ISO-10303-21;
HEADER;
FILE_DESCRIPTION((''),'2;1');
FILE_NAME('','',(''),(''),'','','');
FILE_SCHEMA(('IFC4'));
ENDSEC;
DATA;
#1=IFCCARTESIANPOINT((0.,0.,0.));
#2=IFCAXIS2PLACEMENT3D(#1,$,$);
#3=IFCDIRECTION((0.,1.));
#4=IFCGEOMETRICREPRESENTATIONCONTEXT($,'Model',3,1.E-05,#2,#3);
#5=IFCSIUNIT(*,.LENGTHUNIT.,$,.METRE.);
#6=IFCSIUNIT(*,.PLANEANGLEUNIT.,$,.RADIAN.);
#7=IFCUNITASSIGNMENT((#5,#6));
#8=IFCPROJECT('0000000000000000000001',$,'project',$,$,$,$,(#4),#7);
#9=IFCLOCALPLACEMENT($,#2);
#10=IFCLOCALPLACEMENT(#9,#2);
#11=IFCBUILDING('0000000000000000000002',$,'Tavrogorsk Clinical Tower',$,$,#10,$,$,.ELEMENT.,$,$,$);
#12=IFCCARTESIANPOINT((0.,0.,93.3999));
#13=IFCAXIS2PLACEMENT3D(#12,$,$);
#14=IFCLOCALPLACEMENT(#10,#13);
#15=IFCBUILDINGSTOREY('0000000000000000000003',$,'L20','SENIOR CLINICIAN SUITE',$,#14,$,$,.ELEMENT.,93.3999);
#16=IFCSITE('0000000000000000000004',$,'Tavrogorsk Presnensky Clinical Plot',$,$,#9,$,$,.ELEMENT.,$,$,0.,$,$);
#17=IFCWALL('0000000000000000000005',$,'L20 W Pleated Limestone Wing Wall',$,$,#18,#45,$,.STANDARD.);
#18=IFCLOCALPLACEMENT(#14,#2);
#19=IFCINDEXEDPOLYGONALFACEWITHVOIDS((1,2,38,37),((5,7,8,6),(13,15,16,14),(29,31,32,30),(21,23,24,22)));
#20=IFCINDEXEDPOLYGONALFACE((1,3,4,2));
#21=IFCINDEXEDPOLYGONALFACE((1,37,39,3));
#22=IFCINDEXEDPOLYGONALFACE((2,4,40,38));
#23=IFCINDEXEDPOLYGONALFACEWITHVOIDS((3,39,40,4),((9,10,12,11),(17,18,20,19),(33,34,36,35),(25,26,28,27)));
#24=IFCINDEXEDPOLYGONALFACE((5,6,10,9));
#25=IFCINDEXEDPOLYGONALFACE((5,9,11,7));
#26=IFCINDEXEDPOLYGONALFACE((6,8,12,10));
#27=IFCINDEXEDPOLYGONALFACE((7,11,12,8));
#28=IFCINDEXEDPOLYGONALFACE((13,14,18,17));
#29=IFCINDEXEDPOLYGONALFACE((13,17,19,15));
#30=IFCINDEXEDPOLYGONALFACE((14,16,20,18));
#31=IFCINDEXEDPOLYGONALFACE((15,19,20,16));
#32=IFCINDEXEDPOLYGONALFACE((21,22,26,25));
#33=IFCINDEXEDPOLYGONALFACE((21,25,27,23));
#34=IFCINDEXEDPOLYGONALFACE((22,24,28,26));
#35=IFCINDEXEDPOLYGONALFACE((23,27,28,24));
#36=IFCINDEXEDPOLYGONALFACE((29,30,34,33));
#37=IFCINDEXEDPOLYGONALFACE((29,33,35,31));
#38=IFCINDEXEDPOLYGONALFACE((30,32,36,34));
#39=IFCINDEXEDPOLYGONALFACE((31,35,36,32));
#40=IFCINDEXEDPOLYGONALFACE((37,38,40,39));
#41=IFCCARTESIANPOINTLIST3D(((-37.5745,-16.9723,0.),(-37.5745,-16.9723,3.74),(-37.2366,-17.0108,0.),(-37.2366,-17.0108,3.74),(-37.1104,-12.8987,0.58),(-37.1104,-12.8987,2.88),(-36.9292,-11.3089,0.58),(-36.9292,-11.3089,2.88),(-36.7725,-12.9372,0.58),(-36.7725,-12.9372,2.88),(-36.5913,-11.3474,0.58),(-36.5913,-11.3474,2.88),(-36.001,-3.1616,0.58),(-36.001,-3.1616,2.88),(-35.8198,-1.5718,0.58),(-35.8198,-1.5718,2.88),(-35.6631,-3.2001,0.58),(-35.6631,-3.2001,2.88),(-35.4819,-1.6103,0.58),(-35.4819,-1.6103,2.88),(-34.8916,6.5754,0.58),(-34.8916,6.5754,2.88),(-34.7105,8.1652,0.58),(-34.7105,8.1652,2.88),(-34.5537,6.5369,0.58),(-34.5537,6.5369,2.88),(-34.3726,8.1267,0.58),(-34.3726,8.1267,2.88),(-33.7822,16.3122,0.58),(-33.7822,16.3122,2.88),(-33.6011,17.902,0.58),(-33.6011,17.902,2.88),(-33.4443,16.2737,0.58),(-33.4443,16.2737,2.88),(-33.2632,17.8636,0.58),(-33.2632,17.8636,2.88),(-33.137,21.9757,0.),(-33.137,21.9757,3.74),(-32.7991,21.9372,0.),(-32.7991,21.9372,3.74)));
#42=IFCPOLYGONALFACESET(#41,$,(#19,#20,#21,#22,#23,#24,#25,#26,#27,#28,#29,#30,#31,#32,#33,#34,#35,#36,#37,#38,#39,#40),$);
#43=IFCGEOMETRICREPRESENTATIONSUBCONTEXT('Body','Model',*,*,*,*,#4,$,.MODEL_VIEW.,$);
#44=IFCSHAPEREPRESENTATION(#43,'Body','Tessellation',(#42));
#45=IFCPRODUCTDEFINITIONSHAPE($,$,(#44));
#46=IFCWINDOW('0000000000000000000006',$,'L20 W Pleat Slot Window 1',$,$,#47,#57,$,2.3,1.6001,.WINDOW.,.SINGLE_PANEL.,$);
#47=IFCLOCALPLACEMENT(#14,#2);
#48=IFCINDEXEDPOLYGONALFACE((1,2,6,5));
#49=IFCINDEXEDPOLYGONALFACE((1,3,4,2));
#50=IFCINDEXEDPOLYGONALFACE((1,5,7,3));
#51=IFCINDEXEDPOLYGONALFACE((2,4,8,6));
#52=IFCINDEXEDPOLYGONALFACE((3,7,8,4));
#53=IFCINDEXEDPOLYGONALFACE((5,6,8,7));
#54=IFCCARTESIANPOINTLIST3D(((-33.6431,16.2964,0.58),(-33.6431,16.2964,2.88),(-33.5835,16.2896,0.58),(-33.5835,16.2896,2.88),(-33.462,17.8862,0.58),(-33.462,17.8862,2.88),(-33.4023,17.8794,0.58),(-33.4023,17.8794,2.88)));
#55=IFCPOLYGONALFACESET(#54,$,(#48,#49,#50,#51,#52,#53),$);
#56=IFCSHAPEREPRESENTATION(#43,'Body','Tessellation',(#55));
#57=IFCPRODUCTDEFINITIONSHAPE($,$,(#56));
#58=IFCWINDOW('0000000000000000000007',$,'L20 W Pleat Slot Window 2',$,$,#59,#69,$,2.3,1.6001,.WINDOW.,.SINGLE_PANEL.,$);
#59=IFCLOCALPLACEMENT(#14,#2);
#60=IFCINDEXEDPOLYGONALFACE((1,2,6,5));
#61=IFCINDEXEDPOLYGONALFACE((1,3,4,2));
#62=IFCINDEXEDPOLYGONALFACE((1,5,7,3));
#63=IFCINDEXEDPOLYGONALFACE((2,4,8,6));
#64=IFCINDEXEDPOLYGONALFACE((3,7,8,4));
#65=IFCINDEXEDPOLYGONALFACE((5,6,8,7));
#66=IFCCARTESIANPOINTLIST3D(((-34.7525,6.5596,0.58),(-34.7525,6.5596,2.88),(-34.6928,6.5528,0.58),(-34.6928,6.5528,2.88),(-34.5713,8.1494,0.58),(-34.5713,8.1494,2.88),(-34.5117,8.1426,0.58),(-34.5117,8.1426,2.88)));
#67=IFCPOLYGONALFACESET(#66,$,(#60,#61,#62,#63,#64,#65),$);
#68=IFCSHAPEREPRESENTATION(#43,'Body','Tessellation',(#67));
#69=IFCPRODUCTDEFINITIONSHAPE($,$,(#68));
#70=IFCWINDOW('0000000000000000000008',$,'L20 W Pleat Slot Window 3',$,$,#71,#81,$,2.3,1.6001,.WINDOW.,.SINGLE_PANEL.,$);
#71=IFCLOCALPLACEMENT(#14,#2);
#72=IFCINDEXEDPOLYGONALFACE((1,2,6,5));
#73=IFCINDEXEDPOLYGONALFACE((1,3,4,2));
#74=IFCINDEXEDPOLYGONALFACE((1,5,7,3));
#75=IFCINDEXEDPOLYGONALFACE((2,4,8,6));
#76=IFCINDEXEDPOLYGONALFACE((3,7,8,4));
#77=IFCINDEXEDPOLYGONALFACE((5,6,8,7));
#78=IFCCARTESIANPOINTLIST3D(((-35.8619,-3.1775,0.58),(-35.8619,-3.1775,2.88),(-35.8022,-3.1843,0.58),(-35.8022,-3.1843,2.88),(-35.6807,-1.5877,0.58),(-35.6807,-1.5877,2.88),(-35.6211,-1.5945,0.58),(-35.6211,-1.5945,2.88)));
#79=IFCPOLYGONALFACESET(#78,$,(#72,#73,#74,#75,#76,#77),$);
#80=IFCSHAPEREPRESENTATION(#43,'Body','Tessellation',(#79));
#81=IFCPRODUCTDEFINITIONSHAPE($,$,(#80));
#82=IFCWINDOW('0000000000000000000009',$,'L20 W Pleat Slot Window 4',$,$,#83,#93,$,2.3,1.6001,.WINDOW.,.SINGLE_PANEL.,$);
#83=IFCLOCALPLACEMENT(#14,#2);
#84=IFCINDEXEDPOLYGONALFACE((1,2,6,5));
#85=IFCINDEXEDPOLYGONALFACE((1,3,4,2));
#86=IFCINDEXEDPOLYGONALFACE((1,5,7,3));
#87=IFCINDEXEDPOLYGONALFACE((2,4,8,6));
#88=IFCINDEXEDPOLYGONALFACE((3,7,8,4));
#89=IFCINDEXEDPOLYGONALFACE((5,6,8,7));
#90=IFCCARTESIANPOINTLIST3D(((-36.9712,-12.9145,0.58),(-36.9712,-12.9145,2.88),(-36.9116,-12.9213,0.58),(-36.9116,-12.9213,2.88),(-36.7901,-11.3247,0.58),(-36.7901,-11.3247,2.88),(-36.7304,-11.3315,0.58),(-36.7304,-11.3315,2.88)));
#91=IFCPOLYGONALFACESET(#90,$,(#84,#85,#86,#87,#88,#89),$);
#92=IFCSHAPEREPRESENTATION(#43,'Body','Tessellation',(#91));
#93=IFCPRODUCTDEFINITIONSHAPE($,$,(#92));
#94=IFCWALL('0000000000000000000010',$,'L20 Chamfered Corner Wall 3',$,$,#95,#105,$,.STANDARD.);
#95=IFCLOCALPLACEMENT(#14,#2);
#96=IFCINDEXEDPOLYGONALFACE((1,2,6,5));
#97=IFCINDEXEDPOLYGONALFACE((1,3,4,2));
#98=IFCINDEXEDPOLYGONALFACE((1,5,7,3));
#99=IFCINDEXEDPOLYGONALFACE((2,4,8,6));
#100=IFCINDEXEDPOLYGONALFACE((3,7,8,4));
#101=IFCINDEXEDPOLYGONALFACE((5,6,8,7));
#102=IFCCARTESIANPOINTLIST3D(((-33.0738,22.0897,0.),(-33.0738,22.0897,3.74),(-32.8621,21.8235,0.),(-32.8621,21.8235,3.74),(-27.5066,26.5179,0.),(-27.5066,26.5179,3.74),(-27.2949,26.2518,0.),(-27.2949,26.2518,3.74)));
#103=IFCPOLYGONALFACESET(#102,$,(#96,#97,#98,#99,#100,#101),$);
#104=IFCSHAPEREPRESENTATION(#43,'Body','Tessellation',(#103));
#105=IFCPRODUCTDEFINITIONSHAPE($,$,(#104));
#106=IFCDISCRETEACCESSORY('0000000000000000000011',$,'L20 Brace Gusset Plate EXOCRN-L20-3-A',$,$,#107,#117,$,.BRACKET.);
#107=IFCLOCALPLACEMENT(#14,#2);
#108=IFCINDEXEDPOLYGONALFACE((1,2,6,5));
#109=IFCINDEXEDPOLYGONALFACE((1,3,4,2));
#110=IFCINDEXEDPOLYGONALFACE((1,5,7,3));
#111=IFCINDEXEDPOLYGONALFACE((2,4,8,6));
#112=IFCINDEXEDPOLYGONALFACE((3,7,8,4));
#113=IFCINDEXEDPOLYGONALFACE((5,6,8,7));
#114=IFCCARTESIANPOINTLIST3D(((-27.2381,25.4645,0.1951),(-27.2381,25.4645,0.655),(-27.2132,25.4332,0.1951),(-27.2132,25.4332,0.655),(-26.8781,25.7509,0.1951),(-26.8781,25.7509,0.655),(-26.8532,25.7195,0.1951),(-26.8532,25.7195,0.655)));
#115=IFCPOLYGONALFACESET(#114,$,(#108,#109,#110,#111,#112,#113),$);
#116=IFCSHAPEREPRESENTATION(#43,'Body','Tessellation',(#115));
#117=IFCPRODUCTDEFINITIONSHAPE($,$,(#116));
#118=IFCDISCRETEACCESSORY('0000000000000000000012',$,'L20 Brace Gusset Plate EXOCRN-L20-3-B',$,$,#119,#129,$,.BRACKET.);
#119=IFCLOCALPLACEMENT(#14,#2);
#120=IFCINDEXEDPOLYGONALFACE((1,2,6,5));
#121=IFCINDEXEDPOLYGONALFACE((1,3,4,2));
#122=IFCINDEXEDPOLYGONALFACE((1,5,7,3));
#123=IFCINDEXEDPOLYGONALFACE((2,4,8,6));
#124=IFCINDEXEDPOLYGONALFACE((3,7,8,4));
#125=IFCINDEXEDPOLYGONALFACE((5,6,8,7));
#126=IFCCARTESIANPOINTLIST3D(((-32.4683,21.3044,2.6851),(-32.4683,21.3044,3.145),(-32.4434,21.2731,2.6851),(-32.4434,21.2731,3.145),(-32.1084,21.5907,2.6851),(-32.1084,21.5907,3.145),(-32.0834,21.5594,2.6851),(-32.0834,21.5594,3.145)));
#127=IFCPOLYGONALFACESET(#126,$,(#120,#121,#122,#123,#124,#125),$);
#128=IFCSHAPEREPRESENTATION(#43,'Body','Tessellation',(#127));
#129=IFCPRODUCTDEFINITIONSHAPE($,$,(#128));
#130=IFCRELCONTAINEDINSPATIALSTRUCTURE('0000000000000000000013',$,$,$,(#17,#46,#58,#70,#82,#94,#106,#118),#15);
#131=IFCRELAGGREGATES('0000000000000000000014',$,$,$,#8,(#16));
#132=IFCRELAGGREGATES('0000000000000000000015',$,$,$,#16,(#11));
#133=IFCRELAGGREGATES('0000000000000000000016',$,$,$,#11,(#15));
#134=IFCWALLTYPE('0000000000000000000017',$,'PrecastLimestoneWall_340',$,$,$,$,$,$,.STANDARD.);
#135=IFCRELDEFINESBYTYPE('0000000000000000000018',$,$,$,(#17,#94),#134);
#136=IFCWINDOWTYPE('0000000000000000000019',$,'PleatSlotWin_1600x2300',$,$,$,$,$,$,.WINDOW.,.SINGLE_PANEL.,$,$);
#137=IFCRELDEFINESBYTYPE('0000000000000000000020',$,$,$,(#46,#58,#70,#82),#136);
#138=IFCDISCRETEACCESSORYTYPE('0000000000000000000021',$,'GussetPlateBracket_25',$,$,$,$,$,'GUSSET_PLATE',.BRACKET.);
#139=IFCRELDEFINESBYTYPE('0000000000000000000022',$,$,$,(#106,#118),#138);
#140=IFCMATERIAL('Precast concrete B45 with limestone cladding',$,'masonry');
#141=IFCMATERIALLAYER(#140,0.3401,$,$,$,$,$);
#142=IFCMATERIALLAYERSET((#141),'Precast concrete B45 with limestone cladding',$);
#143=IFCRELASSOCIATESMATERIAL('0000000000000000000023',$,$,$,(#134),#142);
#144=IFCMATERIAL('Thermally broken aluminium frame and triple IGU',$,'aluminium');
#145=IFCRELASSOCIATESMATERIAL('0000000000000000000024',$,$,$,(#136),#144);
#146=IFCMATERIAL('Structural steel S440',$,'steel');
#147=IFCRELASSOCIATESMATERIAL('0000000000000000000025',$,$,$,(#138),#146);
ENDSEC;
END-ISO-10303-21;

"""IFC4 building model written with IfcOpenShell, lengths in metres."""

from ifc_helpers import new_model, si_unit, direction, frame, frame_2d, origin, origin_2d, place, context, subcontext, project, spatial, rectangle, extrude, material, layer, layer_set, type_object, element, fill, save


model = new_model("IFC4")

# Units and contexts
model_context = context("Model", 3, precision=1e-05, world=origin(), true_north=direction((0.0, 1.0)))
body_context = subcontext(model_context, "Body", "Model", "MODEL_VIEW")
ifc_project = project(units=[si_unit("LENGTHUNIT", "METRE"), si_unit("PLANEANGLEUNIT", "RADIAN")], contexts=[model_context])

# Site, building, storey
site_placement = place(None, origin())
site = spatial("IfcSite", under=ifc_project, at=site_placement, Name="Tavrogorsk Presnensky Clinical Plot", CompositionType="ELEMENT", RefElevation=0.0)
building_placement = place(site_placement, origin())
building = spatial("IfcBuilding", under=site, at=building_placement, Name="Tavrogorsk Clinical Tower", CompositionType="ELEMENT")
storey_placement = place(building_placement, frame((0.0, 0.0, 93.3999)))
storey = spatial("IfcBuildingStorey", under=building, at=storey_placement, Name="L20", Description="SENIOR CLINICIAN SUITE", CompositionType="ELEMENT", Elevation=93.3999)

# Wall, openings, windows
ifc_material_1 = material(Name="Precast concrete B45 with limestone cladding", Category="masonry")
ifc_layer_1 = layer(ifc_material_1, 0.3401)
ifc_layer_set_1 = layer_set([ifc_layer_1], Name="Precast concrete B45 with limestone cladding")
wall_type_1 = type_object("IfcWallType", Name="PrecastLimestoneWall_340", PredefinedType="STANDARD", material=ifc_layer_set_1)
wall_1_placement = place(storey_placement, frame((-32.968, 21.9565, 0.0), z_axis=(0.0, 0.0, 1.0), x_axis=(-0.113202, -0.993572, 0.0)))
wall_1 = element("IfcWall", 1, at=wall_1_placement, inside=storey, type_object=wall_type_1, Name="L20 W Pleated Limestone Wing Wall", PredefinedType="STANDARD", context=body_context, shape_type="SweptSolid", body=[
    extrude(rectangle(XDim=39.2, YDim=0.3401, at=frame_2d((19.6001, 0.0))), origin(), (0.0, 0.0, 1.0), 3.74),
])
opening_1_placement = place(wall_1_placement, frame((4.1001, 0.0, 0.5801)))
opening_1 = element("IfcOpeningElement", 2, at=opening_1_placement, cuts=wall_1, PredefinedType="OPENING", context=body_context, shape_type="SweptSolid", body=[
    extrude(rectangle(XDim=1.6001, YDim=2.3, at=frame_2d((0.8, 1.1499))), frame((0.0, 0.1799, 0.0), z_axis=(0.0, -1.0, 0.0), x_axis=(1.0, 0.0, 0.0)), (0.0, 0.0, 1.0), 0.3601),
])
opening_2_placement = place(wall_1_placement, frame((13.8999, 0.0, 0.5801)))
opening_2 = element("IfcOpeningElement", 3, at=opening_2_placement, cuts=wall_1, PredefinedType="OPENING", context=body_context, shape_type="SweptSolid", body=[
    extrude(rectangle(XDim=1.6001, YDim=2.3, at=frame_2d((0.8, 1.1499))), frame((0.0, 0.1799, 0.0), z_axis=(0.0, -1.0, 0.0), x_axis=(1.0, 0.0, 0.0)), (0.0, 0.0, 1.0), 0.3601),
])
opening_3_placement = place(wall_1_placement, frame((23.7, 0.0, 0.5801)))
opening_3 = element("IfcOpeningElement", 4, at=opening_3_placement, cuts=wall_1, PredefinedType="OPENING", context=body_context, shape_type="SweptSolid", body=[
    extrude(rectangle(XDim=1.6001, YDim=2.3, at=frame_2d((0.8, 1.1499))), frame((0.0, 0.1799, 0.0), z_axis=(0.0, -1.0, 0.0), x_axis=(1.0, 0.0, 0.0)), (0.0, 0.0, 1.0), 0.3601),
])
opening_4_placement = place(wall_1_placement, frame((33.5, 0.0, 0.5801)))
opening_4 = element("IfcOpeningElement", 5, at=opening_4_placement, cuts=wall_1, PredefinedType="OPENING", context=body_context, shape_type="SweptSolid", body=[
    extrude(rectangle(XDim=1.6001, YDim=2.3, at=frame_2d((0.8, 1.1499))), frame((0.0, 0.1799, 0.0), z_axis=(0.0, -1.0, 0.0), x_axis=(1.0, 0.0, 0.0)), (0.0, 0.0, 1.0), 0.3601),
])
ifc_material_2 = material(Name="Thermally broken aluminium frame and triple IGU", Category="aluminium")
window_type = type_object("IfcWindowType", Name="PleatSlotWin_1600x2300", PartitioningType="SINGLE_PANEL", PredefinedType="WINDOW", material=ifc_material_2)
window_1_placement = place(opening_1_placement, origin())
window_1 = element("IfcWindow", 6, at=window_1_placement, inside=storey, type_object=window_type, Name="L20 W Pleat Slot Window 1", OverallHeight=2.3, OverallWidth=1.6001, PartitioningType="SINGLE_PANEL", PredefinedType="WINDOW", context=body_context, shape_type="SweptSolid", body=[
    extrude(rectangle(XDim=1.6001, YDim=2.3, at=frame_2d((0.8, 1.1499))), frame((0.0, 0.03, 0.0), z_axis=(0.0, -1.0, 0.0), x_axis=(1.0, 0.0, 0.0)), (0.0, 0.0, 1.0), 0.0601),
])
fill(opening_1, window_1)
window_2_placement = place(opening_2_placement, origin())
window_2 = element("IfcWindow", 7, at=window_2_placement, inside=storey, type_object=window_type, Name="L20 W Pleat Slot Window 2", OverallHeight=2.3, OverallWidth=1.6001, PartitioningType="SINGLE_PANEL", PredefinedType="WINDOW", context=body_context, shape_type="SweptSolid", body=[
    extrude(rectangle(XDim=1.6001, YDim=2.3, at=frame_2d((0.8, 1.1499))), frame((0.0, 0.03, 0.0), z_axis=(0.0, -1.0, 0.0), x_axis=(1.0, 0.0, 0.0)), (0.0, 0.0, 1.0), 0.0601),
])
fill(opening_2, window_2)
window_3_placement = place(opening_3_placement, origin())
window_3 = element("IfcWindow", 8, at=window_3_placement, inside=storey, type_object=window_type, Name="L20 W Pleat Slot Window 3", OverallHeight=2.3, OverallWidth=1.6001, PartitioningType="SINGLE_PANEL", PredefinedType="WINDOW", context=body_context, shape_type="SweptSolid", body=[
    extrude(rectangle(XDim=1.6001, YDim=2.3, at=frame_2d((0.8, 1.1499))), frame((0.0, 0.03, 0.0), z_axis=(0.0, -1.0, 0.0), x_axis=(1.0, 0.0, 0.0)), (0.0, 0.0, 1.0), 0.0601),
])
fill(opening_3, window_3)
window_4_placement = place(opening_4_placement, origin())
window_4 = element("IfcWindow", 9, at=window_4_placement, inside=storey, type_object=window_type, Name="L20 W Pleat Slot Window 4", OverallHeight=2.3, OverallWidth=1.6001, PartitioningType="SINGLE_PANEL", PredefinedType="WINDOW", context=body_context, shape_type="SweptSolid", body=[
    extrude(rectangle(XDim=1.6001, YDim=2.3, at=frame_2d((0.8, 1.1499))), frame((0.0, 0.03, 0.0), z_axis=(0.0, -1.0, 0.0), x_axis=(1.0, 0.0, 0.0)), (0.0, 0.0, 1.0), 0.0601),
])
fill(opening_4, window_4)

# Wall
wall_2_placement = place(storey_placement, frame((-27.4009, 26.3848, 0.0), z_axis=(0.0, 0.0, 1.0), x_axis=(-0.782614, -0.622508, 0.0)))
element("IfcWall", 10, at=wall_2_placement, inside=storey, type_object=wall_type_1, Name="L20 Chamfered Corner Wall 3", PredefinedType="STANDARD", context=body_context, shape_type="SweptSolid", body=[
    extrude(rectangle(XDim=7.1135, YDim=0.3401, at=frame_2d((3.5566, 0.0))), origin(), (0.0, 0.0, 1.0), 3.74),
])

# Discrete accessories
ifc_material_3 = material(Name="Structural steel S440", Category="steel")
discrete_accessory_type = type_object("IfcDiscreteAccessoryType", Name="GussetPlateBracket_25", ElementType="GUSSET_PLATE", PredefinedType="BRACKET", material=ifc_material_3)
for number, where, z_axis, x_axis, name in (
    (11, (-27.0457, 25.592, 0.1951), (0.0, 0.0, 1.0), (-0.782608, -0.622515, 0.0), "L20 Brace Gusset Plate EXOCRN-L20-3-A"),
    (12, (-32.2759, 21.4319, 2.6851), (0.0, 0.0, 1.0), (-0.782608, -0.622515, 0.0), "L20 Brace Gusset Plate EXOCRN-L20-3-B"),
):
    element("IfcDiscreteAccessory", number, at=place(storey_placement, frame(where, z_axis=z_axis, x_axis=x_axis)), inside=storey, type_object=discrete_accessory_type, Name=name, PredefinedType="BRACKET", context=body_context, shape_type="SweptSolid", body=[
        extrude(rectangle(XDim=0.46, YDim=0.04, at=origin_2d()), origin(), (0.0, 0.0, 1.0), 0.46),
    ])

save(model, "model.ifc")
